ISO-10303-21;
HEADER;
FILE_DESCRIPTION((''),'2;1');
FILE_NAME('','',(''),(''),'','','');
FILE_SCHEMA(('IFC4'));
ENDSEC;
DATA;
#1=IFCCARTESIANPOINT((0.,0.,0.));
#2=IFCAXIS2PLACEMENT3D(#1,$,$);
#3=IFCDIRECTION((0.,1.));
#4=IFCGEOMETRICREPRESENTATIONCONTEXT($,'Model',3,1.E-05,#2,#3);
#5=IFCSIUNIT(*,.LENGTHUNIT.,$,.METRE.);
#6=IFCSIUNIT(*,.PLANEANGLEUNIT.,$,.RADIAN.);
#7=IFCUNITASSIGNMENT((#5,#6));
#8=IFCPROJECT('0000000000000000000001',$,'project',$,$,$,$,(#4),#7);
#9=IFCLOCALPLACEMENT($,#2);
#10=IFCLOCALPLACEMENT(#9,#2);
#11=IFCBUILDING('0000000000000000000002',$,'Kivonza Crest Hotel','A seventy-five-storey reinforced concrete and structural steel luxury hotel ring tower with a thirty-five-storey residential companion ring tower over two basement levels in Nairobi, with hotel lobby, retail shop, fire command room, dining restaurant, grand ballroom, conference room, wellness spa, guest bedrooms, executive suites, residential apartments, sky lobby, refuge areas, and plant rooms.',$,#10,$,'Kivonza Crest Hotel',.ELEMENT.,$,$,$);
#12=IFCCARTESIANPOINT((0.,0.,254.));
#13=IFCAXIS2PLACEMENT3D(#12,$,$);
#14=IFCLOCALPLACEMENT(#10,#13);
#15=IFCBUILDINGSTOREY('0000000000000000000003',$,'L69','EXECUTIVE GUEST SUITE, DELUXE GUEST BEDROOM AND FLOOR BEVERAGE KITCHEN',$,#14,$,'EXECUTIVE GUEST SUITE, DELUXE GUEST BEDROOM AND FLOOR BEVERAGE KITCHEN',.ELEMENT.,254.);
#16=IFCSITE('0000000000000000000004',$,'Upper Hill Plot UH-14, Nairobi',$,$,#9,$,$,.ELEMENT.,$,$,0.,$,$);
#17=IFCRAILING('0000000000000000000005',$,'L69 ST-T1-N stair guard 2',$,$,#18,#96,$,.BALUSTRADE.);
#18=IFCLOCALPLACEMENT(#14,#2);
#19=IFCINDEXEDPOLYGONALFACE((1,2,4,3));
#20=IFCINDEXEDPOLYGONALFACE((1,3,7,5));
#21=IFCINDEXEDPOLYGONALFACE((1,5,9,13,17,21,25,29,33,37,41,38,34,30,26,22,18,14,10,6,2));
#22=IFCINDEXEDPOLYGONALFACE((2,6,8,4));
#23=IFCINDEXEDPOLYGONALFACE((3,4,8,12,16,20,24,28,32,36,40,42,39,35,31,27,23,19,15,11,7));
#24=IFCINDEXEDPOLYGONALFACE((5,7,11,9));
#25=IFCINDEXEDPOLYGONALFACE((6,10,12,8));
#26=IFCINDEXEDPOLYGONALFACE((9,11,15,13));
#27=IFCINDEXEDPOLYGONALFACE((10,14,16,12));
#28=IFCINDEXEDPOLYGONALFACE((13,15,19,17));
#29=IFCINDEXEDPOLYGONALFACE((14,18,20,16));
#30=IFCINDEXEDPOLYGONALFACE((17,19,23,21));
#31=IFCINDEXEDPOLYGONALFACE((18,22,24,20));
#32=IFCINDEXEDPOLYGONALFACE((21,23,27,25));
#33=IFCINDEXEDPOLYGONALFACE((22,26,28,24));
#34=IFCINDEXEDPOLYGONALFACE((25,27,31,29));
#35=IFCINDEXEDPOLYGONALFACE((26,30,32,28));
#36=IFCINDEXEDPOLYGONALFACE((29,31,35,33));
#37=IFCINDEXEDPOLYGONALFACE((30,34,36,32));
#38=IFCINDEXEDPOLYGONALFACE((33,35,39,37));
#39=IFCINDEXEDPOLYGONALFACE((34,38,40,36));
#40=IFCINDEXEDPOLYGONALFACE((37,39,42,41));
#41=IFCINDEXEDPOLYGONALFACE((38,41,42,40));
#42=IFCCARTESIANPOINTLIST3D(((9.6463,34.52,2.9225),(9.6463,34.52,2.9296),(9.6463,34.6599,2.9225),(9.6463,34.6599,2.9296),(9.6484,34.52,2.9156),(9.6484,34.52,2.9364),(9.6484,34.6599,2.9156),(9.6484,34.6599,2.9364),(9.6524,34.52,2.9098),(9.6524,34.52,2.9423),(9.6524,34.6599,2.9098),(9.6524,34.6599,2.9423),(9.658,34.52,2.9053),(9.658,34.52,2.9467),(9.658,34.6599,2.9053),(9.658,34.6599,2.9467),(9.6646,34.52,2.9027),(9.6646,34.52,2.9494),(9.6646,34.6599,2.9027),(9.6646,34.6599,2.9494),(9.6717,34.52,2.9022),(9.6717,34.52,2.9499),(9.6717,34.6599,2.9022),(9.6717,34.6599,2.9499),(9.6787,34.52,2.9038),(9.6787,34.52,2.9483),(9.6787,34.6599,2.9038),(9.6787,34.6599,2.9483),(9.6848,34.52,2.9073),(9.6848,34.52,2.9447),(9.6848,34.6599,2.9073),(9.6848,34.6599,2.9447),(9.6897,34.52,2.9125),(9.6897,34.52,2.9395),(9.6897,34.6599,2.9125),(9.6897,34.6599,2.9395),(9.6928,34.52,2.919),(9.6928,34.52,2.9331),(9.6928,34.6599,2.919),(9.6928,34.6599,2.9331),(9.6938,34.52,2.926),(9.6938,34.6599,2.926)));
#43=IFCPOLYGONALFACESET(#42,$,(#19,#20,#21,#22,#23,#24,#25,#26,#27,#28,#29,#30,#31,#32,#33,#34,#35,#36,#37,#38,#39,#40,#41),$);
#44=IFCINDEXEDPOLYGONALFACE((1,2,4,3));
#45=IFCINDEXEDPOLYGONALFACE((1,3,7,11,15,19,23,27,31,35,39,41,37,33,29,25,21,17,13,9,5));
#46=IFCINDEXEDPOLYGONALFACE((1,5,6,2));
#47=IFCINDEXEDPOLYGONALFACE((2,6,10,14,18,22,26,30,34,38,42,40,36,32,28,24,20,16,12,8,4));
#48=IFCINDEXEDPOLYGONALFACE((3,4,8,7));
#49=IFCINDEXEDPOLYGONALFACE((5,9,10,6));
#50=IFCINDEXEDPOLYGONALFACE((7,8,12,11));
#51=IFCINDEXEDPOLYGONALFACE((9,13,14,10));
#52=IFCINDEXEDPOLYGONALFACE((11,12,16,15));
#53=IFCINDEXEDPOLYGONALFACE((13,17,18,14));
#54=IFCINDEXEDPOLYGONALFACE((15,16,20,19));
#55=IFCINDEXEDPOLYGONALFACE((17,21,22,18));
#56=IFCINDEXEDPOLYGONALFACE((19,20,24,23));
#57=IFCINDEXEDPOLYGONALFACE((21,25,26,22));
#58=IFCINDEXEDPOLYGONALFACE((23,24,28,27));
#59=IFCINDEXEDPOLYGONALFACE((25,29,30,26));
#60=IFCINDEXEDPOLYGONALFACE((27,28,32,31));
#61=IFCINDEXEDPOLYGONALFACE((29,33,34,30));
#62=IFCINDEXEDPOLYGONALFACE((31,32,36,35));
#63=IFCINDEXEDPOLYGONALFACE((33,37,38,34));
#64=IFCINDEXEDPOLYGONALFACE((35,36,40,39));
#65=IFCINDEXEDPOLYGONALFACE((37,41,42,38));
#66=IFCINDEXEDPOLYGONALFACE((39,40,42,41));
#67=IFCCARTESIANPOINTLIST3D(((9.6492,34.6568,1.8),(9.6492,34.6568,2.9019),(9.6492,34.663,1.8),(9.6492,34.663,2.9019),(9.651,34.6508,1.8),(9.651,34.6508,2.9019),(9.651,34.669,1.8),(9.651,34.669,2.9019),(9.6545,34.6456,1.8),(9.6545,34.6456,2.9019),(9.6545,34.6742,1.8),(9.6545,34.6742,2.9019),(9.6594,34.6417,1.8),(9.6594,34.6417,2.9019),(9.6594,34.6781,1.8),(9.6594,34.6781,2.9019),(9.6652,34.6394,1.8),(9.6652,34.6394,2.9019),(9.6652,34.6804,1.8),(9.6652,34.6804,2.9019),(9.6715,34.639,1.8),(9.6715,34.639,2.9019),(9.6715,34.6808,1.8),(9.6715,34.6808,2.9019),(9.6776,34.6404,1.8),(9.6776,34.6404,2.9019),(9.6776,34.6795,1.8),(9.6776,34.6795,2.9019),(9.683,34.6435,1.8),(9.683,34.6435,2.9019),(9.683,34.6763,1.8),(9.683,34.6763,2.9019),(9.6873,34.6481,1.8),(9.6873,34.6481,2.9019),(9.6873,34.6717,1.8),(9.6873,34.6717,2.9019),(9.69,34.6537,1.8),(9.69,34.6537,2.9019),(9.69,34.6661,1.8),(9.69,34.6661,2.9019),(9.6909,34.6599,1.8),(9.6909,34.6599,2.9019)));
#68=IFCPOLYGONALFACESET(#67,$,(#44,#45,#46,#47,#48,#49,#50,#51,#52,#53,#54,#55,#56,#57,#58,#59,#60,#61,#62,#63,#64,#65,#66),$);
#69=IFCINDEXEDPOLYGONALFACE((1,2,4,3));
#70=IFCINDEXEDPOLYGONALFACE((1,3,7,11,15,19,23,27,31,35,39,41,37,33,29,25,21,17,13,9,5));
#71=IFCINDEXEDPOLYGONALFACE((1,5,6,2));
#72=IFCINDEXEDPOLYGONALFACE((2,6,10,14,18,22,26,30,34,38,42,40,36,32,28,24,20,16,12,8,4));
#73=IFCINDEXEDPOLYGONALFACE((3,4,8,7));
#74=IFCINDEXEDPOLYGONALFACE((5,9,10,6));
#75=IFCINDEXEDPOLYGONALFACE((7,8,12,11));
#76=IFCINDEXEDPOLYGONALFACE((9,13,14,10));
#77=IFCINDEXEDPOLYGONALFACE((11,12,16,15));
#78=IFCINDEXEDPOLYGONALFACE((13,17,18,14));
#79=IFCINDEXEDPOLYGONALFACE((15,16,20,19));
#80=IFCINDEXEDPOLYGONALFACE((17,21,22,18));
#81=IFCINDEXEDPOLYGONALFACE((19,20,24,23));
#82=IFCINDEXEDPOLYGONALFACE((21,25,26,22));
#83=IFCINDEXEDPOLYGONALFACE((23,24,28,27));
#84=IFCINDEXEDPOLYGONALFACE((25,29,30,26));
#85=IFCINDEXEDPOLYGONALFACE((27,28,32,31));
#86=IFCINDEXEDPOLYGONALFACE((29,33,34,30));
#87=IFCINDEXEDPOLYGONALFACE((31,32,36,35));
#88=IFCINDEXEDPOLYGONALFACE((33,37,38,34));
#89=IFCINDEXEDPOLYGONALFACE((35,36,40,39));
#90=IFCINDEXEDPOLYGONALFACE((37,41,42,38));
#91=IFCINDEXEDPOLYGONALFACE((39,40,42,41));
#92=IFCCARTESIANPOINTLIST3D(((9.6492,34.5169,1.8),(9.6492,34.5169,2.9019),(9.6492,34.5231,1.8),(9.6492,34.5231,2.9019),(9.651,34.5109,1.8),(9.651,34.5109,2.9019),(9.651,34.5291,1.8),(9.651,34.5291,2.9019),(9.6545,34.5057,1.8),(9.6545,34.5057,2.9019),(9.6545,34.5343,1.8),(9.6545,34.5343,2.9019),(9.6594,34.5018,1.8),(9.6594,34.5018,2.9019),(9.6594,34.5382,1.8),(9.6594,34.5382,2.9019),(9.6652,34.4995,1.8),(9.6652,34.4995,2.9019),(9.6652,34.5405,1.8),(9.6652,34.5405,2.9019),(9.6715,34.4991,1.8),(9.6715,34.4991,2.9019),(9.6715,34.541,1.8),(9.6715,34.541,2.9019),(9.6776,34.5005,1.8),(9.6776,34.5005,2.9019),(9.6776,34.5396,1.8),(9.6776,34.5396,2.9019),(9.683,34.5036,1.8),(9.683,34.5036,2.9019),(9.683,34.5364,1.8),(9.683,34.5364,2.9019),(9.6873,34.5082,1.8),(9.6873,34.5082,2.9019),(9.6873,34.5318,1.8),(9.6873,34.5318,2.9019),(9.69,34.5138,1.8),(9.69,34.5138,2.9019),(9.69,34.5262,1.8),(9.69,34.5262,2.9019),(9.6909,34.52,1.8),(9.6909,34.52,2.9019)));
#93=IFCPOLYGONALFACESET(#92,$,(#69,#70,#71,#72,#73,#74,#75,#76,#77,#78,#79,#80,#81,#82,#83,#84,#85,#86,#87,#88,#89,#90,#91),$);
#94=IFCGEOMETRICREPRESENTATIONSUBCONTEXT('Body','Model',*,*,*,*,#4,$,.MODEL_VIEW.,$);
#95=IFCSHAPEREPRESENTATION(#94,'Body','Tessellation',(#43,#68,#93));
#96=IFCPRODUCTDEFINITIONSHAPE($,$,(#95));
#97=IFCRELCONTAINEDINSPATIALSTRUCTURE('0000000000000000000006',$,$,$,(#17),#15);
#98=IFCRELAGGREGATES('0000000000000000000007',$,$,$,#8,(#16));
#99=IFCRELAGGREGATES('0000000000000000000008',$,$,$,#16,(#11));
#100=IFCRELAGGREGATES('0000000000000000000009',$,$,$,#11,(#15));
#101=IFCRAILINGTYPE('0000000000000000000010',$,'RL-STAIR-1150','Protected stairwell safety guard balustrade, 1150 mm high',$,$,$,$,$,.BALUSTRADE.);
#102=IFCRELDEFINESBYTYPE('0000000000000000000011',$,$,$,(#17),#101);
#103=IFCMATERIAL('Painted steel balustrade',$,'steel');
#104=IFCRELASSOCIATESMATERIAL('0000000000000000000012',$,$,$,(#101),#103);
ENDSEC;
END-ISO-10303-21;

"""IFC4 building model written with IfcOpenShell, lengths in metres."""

from ifc_helpers import new_model, si_unit, direction, frame, origin, origin_2d, place, context, subcontext, project, spatial, circle, extrude, material, type_object, element, save


model = new_model("IFC4")

# Units and contexts
model_context = context("Model", 3, precision=1e-05, world=origin(), true_north=direction((0.0, 1.0)))
body_context = subcontext(model_context, "Body", "Model", "MODEL_VIEW")
ifc_project = project(units=[si_unit("LENGTHUNIT", "METRE"), si_unit("PLANEANGLEUNIT", "RADIAN")], contexts=[model_context])

# Site, building, storey
site_placement = place(None, origin())
site = spatial("IfcSite", under=ifc_project, at=site_placement, Name="Upper Hill Plot UH-14, Nairobi", CompositionType="ELEMENT", RefElevation=0.0)
building_placement = place(site_placement, origin())
building = spatial("IfcBuilding", under=site, at=building_placement, Name="Kivonza Crest Hotel", Description="A seventy-five-storey reinforced concrete and structural steel luxury hotel ring tower with a thirty-five-storey residential companion ring tower over two basement levels in Nairobi, with hotel lobby, retail shop, fire command room, dining restaurant, grand ballroom, conference room, wellness spa, guest bedrooms, executive suites, residential apartments, sky lobby, refuge areas, and plant rooms.", LongName="Kivonza Crest Hotel", CompositionType="ELEMENT")
storey_placement = place(building_placement, frame((0.0, 0.0, 254.0)))
storey = spatial("IfcBuildingStorey", under=building, at=storey_placement, Name="L69", Description="EXECUTIVE GUEST SUITE, DELUXE GUEST BEDROOM AND FLOOR BEVERAGE KITCHEN", LongName="EXECUTIVE GUEST SUITE, DELUXE GUEST BEDROOM AND FLOOR BEVERAGE KITCHEN", CompositionType="ELEMENT", Elevation=254.0)

# Railing
ifc_material_1 = material(Name="Painted steel balustrade", Category="steel")
railing_type_1 = type_object("IfcRailingType", Name="RL-STAIR-1150", Description="Protected stairwell safety guard balustrade, 1150 mm high", PredefinedType="BALUSTRADE", material=ifc_material_1)
railing_1_placement = place(storey_placement, frame((9.6699, 34.6599, 1.8)))
element("IfcRailing", 1, at=railing_1_placement, inside=storey, type_object=railing_type_1, Name="L69 ST-T1-N stair guard 2", PredefinedType="BALUSTRADE", context=body_context, shape_type="SweptSolid", body=[
    extrude(circle(Radius=0.0239, at=origin_2d()), frame((0.0, 0.0, 1.126), z_axis=(0.0, -1.0, 0.0), x_axis=(1.0, 0.0, 0.0)), (0.0, 0.0, 1.0), 0.1399),
    extrude(circle(Radius=0.021, at=origin_2d()), origin(), (0.0, 0.0, 1.0), 1.1018),
    extrude(circle(Radius=0.021, at=origin_2d()), frame((0.0, -0.1399, 0.0)), (0.0, 0.0, 1.0), 1.1018),
])

save(model, "model.ifc")
